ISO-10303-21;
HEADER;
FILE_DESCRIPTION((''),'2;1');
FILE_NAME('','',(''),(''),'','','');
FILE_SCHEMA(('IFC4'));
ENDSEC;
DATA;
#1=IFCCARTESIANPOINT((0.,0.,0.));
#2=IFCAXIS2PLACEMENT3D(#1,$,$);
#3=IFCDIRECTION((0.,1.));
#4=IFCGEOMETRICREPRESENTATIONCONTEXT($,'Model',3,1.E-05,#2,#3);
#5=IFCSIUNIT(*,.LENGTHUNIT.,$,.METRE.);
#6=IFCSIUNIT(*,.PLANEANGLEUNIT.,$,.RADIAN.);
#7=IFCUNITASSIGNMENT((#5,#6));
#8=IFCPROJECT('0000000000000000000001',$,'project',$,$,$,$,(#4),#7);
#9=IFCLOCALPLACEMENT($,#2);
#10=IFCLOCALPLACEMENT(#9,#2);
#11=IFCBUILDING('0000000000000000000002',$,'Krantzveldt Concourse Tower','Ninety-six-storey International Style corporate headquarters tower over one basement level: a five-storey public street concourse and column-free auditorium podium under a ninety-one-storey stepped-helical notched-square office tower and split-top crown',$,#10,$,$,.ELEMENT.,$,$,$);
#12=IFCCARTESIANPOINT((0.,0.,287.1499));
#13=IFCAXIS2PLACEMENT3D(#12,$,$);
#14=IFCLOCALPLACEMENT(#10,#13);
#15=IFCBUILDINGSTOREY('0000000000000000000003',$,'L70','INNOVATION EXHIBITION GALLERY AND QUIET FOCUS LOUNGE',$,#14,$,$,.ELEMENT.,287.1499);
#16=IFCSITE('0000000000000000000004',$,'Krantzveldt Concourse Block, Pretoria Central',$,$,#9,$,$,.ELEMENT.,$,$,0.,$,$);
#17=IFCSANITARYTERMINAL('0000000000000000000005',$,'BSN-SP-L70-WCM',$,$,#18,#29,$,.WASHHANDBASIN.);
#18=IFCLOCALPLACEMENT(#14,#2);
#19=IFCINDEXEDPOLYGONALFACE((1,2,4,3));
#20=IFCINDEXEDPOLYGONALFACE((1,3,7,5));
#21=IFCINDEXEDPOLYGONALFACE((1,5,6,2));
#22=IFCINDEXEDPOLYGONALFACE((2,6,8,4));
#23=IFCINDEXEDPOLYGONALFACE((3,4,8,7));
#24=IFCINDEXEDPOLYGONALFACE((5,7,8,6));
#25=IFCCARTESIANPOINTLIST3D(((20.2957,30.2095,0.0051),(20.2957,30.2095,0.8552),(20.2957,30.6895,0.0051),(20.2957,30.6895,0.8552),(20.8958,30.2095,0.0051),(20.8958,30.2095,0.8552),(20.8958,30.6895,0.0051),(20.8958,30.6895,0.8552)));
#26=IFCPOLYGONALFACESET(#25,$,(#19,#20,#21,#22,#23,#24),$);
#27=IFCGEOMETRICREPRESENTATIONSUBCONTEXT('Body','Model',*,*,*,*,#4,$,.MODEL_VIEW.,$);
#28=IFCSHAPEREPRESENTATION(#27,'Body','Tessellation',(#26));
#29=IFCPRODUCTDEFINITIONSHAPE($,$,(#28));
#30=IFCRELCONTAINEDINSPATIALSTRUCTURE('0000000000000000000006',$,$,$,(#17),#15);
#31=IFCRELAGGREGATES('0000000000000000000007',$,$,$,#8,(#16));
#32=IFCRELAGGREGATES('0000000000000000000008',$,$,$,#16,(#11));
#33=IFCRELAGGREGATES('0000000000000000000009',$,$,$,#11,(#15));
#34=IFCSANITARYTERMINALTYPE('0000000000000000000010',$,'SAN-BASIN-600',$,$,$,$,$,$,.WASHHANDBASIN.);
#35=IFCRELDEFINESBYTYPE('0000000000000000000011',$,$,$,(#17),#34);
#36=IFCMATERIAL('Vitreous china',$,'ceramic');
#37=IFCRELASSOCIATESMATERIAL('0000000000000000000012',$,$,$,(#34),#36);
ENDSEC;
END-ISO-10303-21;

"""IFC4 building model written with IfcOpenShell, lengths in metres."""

from ifc_helpers import new_model, si_unit, direction, frame, origin, origin_2d, place, context, subcontext, project, spatial, rectangle, extrude, source, transform, mapped, material, type_object, type_shapes, element, save


model = new_model("IFC4")

# Units and contexts
model_context = context("Model", 3, precision=1e-05, world=origin(), true_north=direction((0.0, 1.0)))
body_context = subcontext(model_context, "Body", "Model", "MODEL_VIEW")
ifc_project = project(units=[si_unit("LENGTHUNIT", "METRE"), si_unit("PLANEANGLEUNIT", "RADIAN")], contexts=[model_context])

# Site, building, storey
site_placement = place(None, origin())
site = spatial("IfcSite", under=ifc_project, at=site_placement, Name="Krantzveldt Concourse Block, Pretoria Central", CompositionType="ELEMENT", RefElevation=0.0)
building_placement = place(site_placement, origin())
building = spatial("IfcBuilding", under=site, at=building_placement, Name="Krantzveldt Concourse Tower", Description="Ninety-six-storey International Style corporate headquarters tower over one basement level: a five-storey public street concourse and column-free auditorium podium under a ninety-one-storey stepped-helical notched-square office tower and split-top crown", CompositionType="ELEMENT")
storey_placement = place(building_placement, frame((0.0, 0.0, 287.1499)))
storey = spatial("IfcBuildingStorey", under=building, at=storey_placement, Name="L70", Description="INNOVATION EXHIBITION GALLERY AND QUIET FOCUS LOUNGE", CompositionType="ELEMENT", Elevation=287.1499)

# Sanitary terminal
ifc_material_1 = material(Name="Vitreous china", Category="ceramic")
sanitary_terminal_type_1 = type_object("IfcSanitaryTerminalType", Name="SAN-BASIN-600", PredefinedType="WASHHANDBASIN", material=ifc_material_1)
shared_shape_1 = source(origin(), body_context, "Body", "SweptSolid", [
    extrude(rectangle(XDim=0.6001, YDim=0.48, at=origin_2d()), origin(), (0.0, 0.0, 1.0), 0.8501),
])
type_shapes(sanitary_terminal_type_1, [shared_shape_1])
sanitary_terminal_1_placement = place(storey_placement, frame((20.5957, 30.4495, 0.0051), z_axis=(0.0, 0.0, 1.0), x_axis=(1.0, 0.0, 0.0)))
element("IfcSanitaryTerminal", 1, at=sanitary_terminal_1_placement, inside=storey, type_object=sanitary_terminal_type_1, Name="BSN-SP-L70-WCM", PredefinedType="WASHHANDBASIN", context=body_context, shape_type="MappedRepresentation", body=[
    mapped(shared_shape_1, transform((0.0, 0.0, 0.0), x_axis=(1.0, 0.0, 0.0), y_axis=(0.0, 1.0, 0.0), z_axis=(0.0, 0.0, 1.0), scale=1.0)),
])

save(model, "model.ifc")
